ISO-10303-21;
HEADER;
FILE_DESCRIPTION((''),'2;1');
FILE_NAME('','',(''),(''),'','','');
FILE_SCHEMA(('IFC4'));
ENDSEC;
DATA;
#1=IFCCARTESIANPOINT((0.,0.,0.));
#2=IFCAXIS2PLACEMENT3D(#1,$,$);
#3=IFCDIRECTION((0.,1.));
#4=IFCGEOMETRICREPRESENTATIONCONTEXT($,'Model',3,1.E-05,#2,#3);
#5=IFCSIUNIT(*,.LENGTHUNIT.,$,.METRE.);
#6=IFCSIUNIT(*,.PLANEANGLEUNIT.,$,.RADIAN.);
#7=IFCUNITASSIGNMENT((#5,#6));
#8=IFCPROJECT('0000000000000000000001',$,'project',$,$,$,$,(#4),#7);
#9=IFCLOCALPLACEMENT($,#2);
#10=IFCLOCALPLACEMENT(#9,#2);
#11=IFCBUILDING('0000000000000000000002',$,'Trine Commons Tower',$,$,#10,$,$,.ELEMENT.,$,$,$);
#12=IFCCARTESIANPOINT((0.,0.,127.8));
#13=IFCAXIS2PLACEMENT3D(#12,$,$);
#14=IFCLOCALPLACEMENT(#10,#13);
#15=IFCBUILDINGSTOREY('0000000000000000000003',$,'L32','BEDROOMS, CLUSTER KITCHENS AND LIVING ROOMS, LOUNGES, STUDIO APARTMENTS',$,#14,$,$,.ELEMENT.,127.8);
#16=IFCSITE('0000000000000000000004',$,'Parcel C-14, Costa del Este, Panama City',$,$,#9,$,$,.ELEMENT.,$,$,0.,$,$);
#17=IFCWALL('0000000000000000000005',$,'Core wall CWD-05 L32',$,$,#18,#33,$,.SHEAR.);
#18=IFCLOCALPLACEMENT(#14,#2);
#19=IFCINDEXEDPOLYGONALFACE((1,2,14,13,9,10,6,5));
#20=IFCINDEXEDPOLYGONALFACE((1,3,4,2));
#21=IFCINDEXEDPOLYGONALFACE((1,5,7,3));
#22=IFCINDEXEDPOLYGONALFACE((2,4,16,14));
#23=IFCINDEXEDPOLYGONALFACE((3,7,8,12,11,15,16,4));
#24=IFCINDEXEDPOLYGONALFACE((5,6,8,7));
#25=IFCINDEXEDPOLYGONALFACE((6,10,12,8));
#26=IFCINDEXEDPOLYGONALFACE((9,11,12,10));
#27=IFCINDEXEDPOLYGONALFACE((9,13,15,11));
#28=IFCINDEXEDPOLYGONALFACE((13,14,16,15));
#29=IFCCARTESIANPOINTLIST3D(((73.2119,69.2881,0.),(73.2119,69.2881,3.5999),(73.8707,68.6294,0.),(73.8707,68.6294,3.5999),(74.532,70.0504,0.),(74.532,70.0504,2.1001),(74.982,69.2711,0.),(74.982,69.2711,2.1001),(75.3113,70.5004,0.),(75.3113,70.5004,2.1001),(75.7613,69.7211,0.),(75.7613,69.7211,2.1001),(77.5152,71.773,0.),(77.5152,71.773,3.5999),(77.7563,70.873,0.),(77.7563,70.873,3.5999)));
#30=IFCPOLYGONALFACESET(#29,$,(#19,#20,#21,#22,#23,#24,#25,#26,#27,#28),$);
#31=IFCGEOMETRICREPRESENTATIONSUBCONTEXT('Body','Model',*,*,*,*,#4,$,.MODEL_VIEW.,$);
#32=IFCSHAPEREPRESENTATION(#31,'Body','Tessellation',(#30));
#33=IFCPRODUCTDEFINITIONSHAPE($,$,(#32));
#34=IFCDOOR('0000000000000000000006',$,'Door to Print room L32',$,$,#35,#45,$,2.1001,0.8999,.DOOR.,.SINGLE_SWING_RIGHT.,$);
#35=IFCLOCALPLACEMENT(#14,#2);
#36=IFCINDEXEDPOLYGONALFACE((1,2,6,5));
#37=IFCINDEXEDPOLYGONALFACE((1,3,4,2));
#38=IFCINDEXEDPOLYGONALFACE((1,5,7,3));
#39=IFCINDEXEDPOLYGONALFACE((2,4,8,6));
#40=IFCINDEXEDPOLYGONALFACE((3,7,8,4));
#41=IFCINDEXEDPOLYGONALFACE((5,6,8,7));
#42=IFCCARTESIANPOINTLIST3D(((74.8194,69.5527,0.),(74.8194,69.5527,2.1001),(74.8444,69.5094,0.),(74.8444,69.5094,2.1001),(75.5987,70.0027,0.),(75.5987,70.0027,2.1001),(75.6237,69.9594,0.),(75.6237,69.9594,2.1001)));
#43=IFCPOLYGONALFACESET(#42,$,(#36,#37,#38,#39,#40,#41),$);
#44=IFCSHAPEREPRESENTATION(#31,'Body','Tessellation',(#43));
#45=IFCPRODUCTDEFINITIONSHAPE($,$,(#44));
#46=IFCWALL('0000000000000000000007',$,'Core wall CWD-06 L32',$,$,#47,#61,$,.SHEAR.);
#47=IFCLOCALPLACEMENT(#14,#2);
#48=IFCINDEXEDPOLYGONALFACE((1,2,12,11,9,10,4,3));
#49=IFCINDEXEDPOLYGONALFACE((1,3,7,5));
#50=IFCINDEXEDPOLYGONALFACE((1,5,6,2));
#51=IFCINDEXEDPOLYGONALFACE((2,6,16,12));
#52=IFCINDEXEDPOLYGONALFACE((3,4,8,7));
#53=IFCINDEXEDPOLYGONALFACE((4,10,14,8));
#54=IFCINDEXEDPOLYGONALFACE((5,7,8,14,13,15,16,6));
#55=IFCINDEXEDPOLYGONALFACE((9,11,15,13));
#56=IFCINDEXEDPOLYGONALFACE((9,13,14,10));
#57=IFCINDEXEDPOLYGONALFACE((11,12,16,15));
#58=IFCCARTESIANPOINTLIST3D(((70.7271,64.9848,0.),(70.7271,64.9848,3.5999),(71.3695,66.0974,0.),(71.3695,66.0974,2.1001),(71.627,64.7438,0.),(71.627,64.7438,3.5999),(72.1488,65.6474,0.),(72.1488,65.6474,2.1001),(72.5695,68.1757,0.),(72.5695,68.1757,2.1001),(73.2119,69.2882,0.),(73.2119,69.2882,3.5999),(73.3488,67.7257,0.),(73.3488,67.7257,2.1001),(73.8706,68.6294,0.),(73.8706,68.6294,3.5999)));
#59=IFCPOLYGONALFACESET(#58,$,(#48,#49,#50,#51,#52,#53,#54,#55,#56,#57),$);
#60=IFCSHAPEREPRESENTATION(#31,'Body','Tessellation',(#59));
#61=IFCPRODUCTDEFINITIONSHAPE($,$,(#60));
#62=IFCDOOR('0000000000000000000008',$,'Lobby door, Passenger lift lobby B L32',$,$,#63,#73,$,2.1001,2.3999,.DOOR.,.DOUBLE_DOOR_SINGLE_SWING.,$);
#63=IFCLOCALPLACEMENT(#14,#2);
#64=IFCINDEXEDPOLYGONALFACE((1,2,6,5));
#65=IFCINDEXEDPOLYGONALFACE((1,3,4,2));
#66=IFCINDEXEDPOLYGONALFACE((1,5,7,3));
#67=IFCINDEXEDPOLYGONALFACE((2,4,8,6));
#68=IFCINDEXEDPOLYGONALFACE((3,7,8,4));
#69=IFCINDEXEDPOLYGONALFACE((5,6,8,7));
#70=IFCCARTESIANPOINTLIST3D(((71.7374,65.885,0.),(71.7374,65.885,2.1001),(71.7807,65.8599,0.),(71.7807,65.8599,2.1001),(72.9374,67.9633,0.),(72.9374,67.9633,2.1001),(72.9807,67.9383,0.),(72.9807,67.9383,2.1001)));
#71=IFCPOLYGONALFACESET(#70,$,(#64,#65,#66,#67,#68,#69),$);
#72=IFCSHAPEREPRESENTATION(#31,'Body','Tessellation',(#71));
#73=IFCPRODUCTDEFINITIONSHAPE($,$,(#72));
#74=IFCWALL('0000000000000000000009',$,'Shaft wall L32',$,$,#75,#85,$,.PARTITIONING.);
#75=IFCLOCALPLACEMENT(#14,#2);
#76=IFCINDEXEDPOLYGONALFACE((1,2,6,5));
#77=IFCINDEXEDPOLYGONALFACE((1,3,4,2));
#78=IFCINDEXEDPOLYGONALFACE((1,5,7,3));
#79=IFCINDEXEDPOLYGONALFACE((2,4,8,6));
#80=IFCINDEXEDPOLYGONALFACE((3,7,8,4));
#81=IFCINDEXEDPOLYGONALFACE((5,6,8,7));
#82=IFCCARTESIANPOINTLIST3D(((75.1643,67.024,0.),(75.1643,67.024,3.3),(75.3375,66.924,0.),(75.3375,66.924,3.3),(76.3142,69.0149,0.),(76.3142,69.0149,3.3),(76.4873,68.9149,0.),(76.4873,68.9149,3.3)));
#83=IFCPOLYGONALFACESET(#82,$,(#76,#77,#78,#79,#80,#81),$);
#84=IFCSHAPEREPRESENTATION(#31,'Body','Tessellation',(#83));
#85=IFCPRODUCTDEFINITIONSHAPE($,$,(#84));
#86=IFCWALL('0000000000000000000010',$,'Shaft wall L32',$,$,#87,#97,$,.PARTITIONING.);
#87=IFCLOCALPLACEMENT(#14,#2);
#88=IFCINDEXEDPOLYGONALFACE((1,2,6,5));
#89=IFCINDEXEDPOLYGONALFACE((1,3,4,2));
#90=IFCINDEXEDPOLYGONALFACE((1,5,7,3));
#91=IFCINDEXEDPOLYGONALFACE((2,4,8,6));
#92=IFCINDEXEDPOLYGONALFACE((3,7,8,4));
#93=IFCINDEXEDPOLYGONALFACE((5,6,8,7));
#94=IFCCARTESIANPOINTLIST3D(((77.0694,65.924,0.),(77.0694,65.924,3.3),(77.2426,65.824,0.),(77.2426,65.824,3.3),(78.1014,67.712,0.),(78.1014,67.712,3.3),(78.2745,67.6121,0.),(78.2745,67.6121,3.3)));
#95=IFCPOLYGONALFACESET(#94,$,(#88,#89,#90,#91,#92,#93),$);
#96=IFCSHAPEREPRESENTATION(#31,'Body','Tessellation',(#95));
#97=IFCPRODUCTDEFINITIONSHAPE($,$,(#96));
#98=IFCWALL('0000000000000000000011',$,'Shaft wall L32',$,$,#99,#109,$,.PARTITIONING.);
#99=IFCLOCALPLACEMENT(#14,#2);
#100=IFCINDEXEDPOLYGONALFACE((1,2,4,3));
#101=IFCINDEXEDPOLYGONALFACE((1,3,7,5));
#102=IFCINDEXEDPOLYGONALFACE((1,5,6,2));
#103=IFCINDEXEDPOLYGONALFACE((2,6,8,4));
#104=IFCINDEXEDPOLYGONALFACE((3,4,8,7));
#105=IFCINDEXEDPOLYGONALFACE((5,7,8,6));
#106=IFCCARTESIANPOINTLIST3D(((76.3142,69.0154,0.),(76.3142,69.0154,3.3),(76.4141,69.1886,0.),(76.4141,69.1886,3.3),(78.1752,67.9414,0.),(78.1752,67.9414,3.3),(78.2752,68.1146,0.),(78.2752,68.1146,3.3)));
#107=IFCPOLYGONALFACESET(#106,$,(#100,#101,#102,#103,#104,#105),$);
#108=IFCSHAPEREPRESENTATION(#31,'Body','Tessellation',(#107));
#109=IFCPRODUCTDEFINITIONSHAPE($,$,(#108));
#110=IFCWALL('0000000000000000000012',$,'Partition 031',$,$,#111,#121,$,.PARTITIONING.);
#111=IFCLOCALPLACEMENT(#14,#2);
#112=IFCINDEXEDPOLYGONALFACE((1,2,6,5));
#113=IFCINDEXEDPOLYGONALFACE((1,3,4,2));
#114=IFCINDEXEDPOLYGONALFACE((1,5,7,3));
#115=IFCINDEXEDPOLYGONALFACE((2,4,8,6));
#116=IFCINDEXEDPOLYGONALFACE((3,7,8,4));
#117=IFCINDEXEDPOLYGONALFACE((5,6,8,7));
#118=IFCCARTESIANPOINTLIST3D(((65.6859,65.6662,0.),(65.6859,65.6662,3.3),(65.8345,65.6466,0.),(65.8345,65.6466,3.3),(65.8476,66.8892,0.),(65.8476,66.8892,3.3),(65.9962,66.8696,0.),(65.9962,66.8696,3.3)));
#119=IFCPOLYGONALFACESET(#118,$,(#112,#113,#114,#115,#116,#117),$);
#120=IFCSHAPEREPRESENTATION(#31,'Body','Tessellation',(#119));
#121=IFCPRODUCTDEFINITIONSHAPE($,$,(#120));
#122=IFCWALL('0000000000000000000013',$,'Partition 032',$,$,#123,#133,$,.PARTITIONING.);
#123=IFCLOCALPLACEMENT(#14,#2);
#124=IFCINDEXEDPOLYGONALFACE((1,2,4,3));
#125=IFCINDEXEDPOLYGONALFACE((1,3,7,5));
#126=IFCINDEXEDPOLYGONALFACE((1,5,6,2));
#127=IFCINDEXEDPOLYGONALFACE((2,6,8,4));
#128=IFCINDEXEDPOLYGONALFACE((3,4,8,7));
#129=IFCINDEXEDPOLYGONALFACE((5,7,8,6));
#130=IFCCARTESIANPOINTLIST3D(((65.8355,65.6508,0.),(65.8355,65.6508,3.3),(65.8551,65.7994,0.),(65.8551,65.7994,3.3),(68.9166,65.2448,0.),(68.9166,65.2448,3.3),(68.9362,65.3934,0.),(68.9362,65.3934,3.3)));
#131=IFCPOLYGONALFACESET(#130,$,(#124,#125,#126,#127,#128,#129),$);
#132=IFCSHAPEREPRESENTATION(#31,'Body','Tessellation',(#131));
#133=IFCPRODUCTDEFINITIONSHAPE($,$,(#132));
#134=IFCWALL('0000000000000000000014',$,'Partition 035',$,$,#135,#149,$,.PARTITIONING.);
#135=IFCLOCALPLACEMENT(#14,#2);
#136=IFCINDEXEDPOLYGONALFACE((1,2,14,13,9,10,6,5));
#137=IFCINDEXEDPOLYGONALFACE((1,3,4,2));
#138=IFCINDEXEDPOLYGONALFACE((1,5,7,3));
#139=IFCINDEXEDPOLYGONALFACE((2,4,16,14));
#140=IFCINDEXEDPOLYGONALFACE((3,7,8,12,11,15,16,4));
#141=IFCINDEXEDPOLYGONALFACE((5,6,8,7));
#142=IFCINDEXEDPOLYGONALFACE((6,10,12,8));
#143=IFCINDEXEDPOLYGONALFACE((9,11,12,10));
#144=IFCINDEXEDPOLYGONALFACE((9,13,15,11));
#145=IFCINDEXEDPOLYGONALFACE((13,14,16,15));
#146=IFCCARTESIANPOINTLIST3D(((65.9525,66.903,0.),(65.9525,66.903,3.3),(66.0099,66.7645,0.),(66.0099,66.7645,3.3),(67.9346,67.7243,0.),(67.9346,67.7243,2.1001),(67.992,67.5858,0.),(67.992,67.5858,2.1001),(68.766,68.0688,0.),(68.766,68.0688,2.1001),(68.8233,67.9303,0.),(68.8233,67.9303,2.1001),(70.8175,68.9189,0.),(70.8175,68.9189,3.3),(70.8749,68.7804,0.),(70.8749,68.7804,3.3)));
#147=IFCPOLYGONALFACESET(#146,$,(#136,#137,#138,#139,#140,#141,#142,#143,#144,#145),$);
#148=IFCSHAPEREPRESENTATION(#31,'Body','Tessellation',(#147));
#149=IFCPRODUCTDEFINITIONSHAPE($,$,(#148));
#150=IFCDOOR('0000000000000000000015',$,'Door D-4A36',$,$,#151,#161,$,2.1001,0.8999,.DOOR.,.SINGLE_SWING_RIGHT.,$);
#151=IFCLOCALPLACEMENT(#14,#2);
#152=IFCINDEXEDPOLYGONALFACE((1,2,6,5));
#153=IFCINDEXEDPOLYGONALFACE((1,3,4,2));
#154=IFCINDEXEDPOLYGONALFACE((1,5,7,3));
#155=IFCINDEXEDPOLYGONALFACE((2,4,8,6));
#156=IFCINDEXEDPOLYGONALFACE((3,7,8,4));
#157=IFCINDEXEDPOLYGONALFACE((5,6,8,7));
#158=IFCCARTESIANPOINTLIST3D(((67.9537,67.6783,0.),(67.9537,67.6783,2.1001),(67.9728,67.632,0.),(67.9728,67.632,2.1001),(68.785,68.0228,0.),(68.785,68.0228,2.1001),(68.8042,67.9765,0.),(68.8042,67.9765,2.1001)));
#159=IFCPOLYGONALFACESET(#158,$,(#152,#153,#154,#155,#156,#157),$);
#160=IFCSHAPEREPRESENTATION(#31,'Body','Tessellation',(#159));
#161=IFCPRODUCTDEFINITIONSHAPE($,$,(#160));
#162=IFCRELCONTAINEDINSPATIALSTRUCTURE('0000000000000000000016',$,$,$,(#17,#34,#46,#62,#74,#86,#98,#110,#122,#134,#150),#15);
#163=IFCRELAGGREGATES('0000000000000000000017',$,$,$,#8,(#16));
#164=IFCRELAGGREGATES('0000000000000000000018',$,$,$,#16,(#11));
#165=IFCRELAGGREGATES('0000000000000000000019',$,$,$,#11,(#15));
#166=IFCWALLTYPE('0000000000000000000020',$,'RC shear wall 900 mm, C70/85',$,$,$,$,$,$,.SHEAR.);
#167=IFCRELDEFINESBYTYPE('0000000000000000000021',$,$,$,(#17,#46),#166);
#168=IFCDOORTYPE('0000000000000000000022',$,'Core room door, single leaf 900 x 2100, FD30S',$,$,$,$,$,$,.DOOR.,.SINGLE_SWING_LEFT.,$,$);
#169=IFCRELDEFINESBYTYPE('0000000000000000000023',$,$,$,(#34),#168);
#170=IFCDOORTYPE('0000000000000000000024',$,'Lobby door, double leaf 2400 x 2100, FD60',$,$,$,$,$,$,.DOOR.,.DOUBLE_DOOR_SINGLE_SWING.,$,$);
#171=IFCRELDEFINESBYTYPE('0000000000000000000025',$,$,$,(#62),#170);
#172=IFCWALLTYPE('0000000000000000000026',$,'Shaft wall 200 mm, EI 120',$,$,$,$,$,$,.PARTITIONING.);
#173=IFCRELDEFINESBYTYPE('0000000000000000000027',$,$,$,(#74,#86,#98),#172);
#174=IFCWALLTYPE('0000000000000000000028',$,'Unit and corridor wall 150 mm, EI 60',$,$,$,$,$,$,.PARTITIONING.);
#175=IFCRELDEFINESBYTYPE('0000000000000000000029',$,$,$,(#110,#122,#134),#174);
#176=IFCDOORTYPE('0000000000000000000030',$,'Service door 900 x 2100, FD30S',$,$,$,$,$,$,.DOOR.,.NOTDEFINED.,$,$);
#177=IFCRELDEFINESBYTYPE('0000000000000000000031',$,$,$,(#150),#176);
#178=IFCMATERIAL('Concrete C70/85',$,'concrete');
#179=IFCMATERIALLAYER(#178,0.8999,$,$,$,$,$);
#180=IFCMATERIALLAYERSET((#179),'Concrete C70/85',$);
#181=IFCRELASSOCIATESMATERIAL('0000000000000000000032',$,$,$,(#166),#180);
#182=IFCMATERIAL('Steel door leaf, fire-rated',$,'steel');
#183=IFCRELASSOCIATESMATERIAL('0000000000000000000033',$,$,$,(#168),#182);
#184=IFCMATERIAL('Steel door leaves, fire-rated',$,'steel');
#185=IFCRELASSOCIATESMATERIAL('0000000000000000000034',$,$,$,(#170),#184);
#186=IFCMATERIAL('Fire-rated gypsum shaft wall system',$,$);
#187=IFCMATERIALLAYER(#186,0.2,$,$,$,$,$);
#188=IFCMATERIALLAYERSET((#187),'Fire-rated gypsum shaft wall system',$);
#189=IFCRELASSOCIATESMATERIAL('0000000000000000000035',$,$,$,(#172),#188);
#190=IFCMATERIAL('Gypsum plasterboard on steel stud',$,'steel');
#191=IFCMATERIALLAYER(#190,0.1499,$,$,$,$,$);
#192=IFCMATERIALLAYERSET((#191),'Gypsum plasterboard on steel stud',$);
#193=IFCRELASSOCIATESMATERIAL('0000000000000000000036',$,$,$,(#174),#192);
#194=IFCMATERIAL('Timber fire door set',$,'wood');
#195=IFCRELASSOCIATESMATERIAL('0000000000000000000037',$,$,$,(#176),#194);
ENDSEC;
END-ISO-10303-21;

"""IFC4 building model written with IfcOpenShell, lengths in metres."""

from ifc_helpers import new_model, si_unit, direction, frame, frame_2d, origin, place, context, subcontext, project, spatial, polyline, rectangle, outline, extrude, material, layer, layer_set, type_object, element, fill, save


model = new_model("IFC4")

# Units and contexts
model_context = context("Model", 3, precision=1e-05, world=origin(), true_north=direction((0.0, 1.0)))
body_context = subcontext(model_context, "Body", "Model", "MODEL_VIEW")
ifc_project = project(units=[si_unit("LENGTHUNIT", "METRE"), si_unit("PLANEANGLEUNIT", "RADIAN")], contexts=[model_context])

# Site, building, storey
site_placement = place(None, origin())
site = spatial("IfcSite", under=ifc_project, at=site_placement, Name="Parcel C-14, Costa del Este, Panama City", CompositionType="ELEMENT", RefElevation=0.0)
building_placement = place(site_placement, origin())
building = spatial("IfcBuilding", under=site, at=building_placement, Name="Trine Commons Tower", CompositionType="ELEMENT")
storey_placement = place(building_placement, frame((0.0, 0.0, 127.8)))
storey = spatial("IfcBuildingStorey", under=building, at=storey_placement, Name="L32", Description="BEDROOMS, CLUSTER KITCHENS AND LIVING ROOMS, LOUNGES, STUDIO APARTMENTS", CompositionType="ELEMENT", Elevation=127.8)

# Walls, openings, doors
ifc_material_1 = material(Name="Concrete C70/85", Category="concrete")
ifc_layer_1 = layer(ifc_material_1, 0.8999)
ifc_layer_set_1 = layer_set([ifc_layer_1], Name="Concrete C70/85")
wall_type_1 = type_object("IfcWallType", Name="RC shear wall 900 mm, C70/85", PredefinedType="SHEAR", material=ifc_layer_set_1)
wall_1_placement = place(storey_placement, frame((77.7402, 71.3833, 0.0), z_axis=(0.0, 0.0, 1.0), x_axis=(-0.866003, -0.500039, 0.0)))
wall_1 = element("IfcWall", 1, at=wall_1_placement, inside=storey, type_object=wall_type_1, Name="Core wall CWD-05 L32", PredefinedType="SHEAR", context=body_context, shape_type="SweptSolid", body=[
    extrude(outline(polyline([(0.0, -0.45), (4.9692, -0.45), (4.728, 0.45), (0.2412, 0.45), (0.0, -0.45)])), origin(), (0.0, 0.0, 1.0), 3.5999),
])
opening_1_placement = place(wall_1_placement, frame((2.5449, 0.0, 0.0)))
opening_1 = element("IfcOpeningElement", 2, at=opening_1_placement, cuts=wall_1, PredefinedType="OPENING", context=body_context, shape_type="SweptSolid", body=[
    extrude(rectangle(XDim=0.8999, YDim=2.1001, at=frame_2d((0.45, 1.05))), frame((0.0, 0.46, 0.0), z_axis=(0.0, -1.0, 0.0), x_axis=(1.0, 0.0, 0.0)), (0.0, 0.0, 1.0), 0.9199),
])
ifc_material_2 = material(Name="Steel door leaf, fire-rated", Category="steel")
door_type_1 = type_object("IfcDoorType", Name="Core room door, single leaf 900 x 2100, FD30S", OperationType="SINGLE_SWING_LEFT", PredefinedType="DOOR", material=ifc_material_2)
door_1_placement = place(opening_1_placement, origin())
door_1 = element("IfcDoor", 3, at=door_1_placement, inside=storey, type_object=door_type_1, Name="Door to Print room L32", OperationType="SINGLE_SWING_RIGHT", OverallHeight=2.1001, OverallWidth=0.8999, PredefinedType="DOOR", context=body_context, shape_type="SweptSolid", body=[
    extrude(rectangle(XDim=0.8999, YDim=2.1001, at=frame_2d((0.45, 1.05))), frame((0.0, 0.1748, 0.0), z_axis=(0.0, -1.0, 0.0), x_axis=(1.0, 0.0, 0.0)), (0.0, 0.0, 1.0), 0.05),
])
fill(opening_1, door_1)
wall_2_placement = place(storey_placement, frame((73.6016, 69.0632, 0.0), z_axis=(0.0, 0.0, 1.0), x_axis=(-0.500039, -0.866003, 0.0)))
wall_2 = element("IfcWall", 4, at=wall_2_placement, inside=storey, type_object=wall_type_1, Name="Core wall CWD-06 L32", PredefinedType="SHEAR", context=body_context, shape_type="SweptSolid", body=[
    extrude(outline(polyline([(0.0, -0.45), (4.9692, -0.45), (4.728, 0.45), (0.2412, 0.45), (0.0, -0.45)])), origin(), (0.0, 0.0, 1.0), 3.5999),
])
opening_2_placement = place(wall_2_placement, frame((1.2847, 0.0, 0.0)))
opening_2 = element("IfcOpeningElement", 5, at=opening_2_placement, cuts=wall_2, PredefinedType="OPENING", context=body_context, shape_type="SweptSolid", body=[
    extrude(rectangle(XDim=2.3999, YDim=2.1001, at=frame_2d((1.2, 1.05))), frame((0.0, 0.46, 0.0), z_axis=(0.0, -1.0, 0.0), x_axis=(1.0, 0.0, 0.0)), (0.0, 0.0, 1.0), 0.9199),
])
ifc_material_3 = material(Name="Steel door leaves, fire-rated", Category="steel")
door_type_2 = type_object("IfcDoorType", Name="Lobby door, double leaf 2400 x 2100, FD60", OperationType="DOUBLE_DOOR_SINGLE_SWING", PredefinedType="DOOR", material=ifc_material_3)
door_2_placement = place(opening_2_placement, origin())
door_2 = element("IfcDoor", 6, at=door_2_placement, inside=storey, type_object=door_type_2, Name="Lobby door, Passenger lift lobby B L32", OperationType="DOUBLE_DOOR_SINGLE_SWING", OverallHeight=2.1001, OverallWidth=2.3999, PredefinedType="DOOR", context=body_context, shape_type="SweptSolid", body=[
    extrude(rectangle(XDim=2.3999, YDim=2.1001, at=frame_2d((1.2, 1.05))), frame((0.0, 0.0249, 0.0), z_axis=(0.0, -1.0, 0.0), x_axis=(1.0, 0.0, 0.0)), (0.0, 0.0, 1.0), 0.05),
])
fill(opening_2, door_2)

# Walls
ifc_material_4 = material(Name="Fire-rated gypsum shaft wall system")
ifc_layer_2 = layer(ifc_material_4, 0.2)
ifc_layer_set_2 = layer_set([ifc_layer_2], Name="Fire-rated gypsum shaft wall system")
wall_type_2 = type_object("IfcWallType", Name="Shaft wall 200 mm, EI 120", PredefinedType="PARTITIONING", material=ifc_layer_set_2)
wall_3_placement = place(storey_placement, frame((75.251, 66.9741, 0.0), z_axis=(0.0, 0.0, 1.0), x_axis=(0.500136, 0.865947, 0.0)))
element("IfcWall", 7, at=wall_3_placement, inside=storey, type_object=wall_type_2, Name="Shaft wall L32", PredefinedType="PARTITIONING", context=body_context, shape_type="SweptSolid", body=[
    extrude(rectangle(XDim=2.2991, YDim=0.2, at=frame_2d((1.1494, 0.0))), origin(), (0.0, 0.0, 1.0), 3.3),
])
wall_4_placement = place(storey_placement, frame((77.156, 65.874, 0.0), z_axis=(0.0, 0.0, 1.0), x_axis=(0.499866, 0.866103, 0.0)))
element("IfcWall", 8, at=wall_4_placement, inside=storey, type_object=wall_type_2, Name="Shaft wall L32", PredefinedType="PARTITIONING", context=body_context, shape_type="SweptSolid", body=[
    extrude(rectangle(XDim=2.0645, YDim=0.2, at=frame_2d((1.0322, 0.0))), origin(), (0.0, 0.0, 1.0), 3.3),
])
wall_5_placement = place(storey_placement, frame((78.2251, 68.0281, 0.0), z_axis=(0.0, 0.0, 1.0), x_axis=(-0.866131, 0.499818, 0.0)))
element("IfcWall", 9, at=wall_5_placement, inside=storey, type_object=wall_type_2, Name="Shaft wall L32", PredefinedType="PARTITIONING", context=body_context, shape_type="SweptSolid", body=[
    extrude(rectangle(XDim=2.1487, YDim=0.2, at=frame_2d((1.0742, 0.0))), origin(), (0.0, 0.0, 1.0), 3.3),
])
ifc_material_5 = material(Name="Gypsum plasterboard on steel stud", Category="steel")
ifc_layer_3 = layer(ifc_material_5, 0.1499)
ifc_layer_set_3 = layer_set([ifc_layer_3], Name="Gypsum plasterboard on steel stud")
wall_type_3 = type_object("IfcWallType", Name="Unit and corridor wall 150 mm, EI 60", PredefinedType="PARTITIONING", material=ifc_layer_set_3)
wall_6_placement = place(storey_placement, frame((65.7603, 65.6565, 0.0), z_axis=(0.0, 0.0, 1.0), x_axis=(0.131023, 0.991379, 0.0)))
element("IfcWall", 10, at=wall_6_placement, inside=storey, type_object=wall_type_3, Name="Partition 031", PredefinedType="PARTITIONING", context=body_context, shape_type="SweptSolid", body=[
    extrude(rectangle(XDim=1.2336, YDim=0.1499, at=frame_2d((0.6167, 0.0))), origin(), (0.0, 0.0, 1.0), 3.3),
])
wall_7_placement = place(storey_placement, frame((65.8455, 65.7251, 0.0), z_axis=(0.0, 0.0, 1.0), x_axis=(0.991429, -0.130646, 0.0)))
element("IfcWall", 11, at=wall_7_placement, inside=storey, type_object=wall_type_3, Name="Partition 032", PredefinedType="PARTITIONING", context=body_context, shape_type="SweptSolid", body=[
    extrude(rectangle(XDim=3.1077, YDim=0.1499, at=frame_2d((1.5537, 0.0))), origin(), (0.0, 0.0, 1.0), 3.3),
])

# Wall, opening, door
wall_8_placement = place(storey_placement, frame((65.9812, 66.8337, 0.0), z_axis=(0.0, 0.0, 1.0), x_axis=(0.923831, 0.382801, 0.0)))
wall_8 = element("IfcWall", 12, at=wall_8_placement, inside=storey, type_object=wall_type_3, Name="Partition 035", PredefinedType="PARTITIONING", context=body_context, shape_type="SweptSolid", body=[
    extrude(rectangle(XDim=5.2661, YDim=0.1499, at=frame_2d((2.6331, 0.0))), origin(), (0.0, 0.0, 1.0), 3.3),
])
opening_3_placement = place(wall_8_placement, frame((2.1455, 0.0, 0.0)))
opening_3 = element("IfcOpeningElement", 13, at=opening_3_placement, cuts=wall_8, PredefinedType="OPENING", context=body_context, shape_type="SweptSolid", body=[
    extrude(rectangle(XDim=0.8999, YDim=2.1001, at=frame_2d((0.45, 1.05))), frame((0.0, 0.085, 0.0), z_axis=(0.0, -1.0, 0.0), x_axis=(1.0, 0.0, 0.0)), (0.0, 0.0, 1.0), 0.1699),
])
ifc_material_6 = material(Name="Timber fire door set", Category="wood")
door_type_3 = type_object("IfcDoorType", Name="Service door 900 x 2100, FD30S", OperationType="NOTDEFINED", PredefinedType="DOOR", material=ifc_material_6)
door_3_placement = place(opening_3_placement, frame((0.8999, 0.0, 0.0), z_axis=(0.0, 0.0, 1.0), x_axis=(-1.0, 0.0, 0.0)))
door_3 = element("IfcDoor", 14, at=door_3_placement, inside=storey, type_object=door_type_3, Name="Door D-4A36", OperationType="SINGLE_SWING_RIGHT", OverallHeight=2.1001, OverallWidth=0.8999, PredefinedType="DOOR", context=body_context, shape_type="SweptSolid", body=[
    extrude(rectangle(XDim=0.8999, YDim=2.1001, at=frame_2d((0.45, 1.05))), frame((0.0, 0.0249, 0.0), z_axis=(0.0, -1.0, 0.0), x_axis=(1.0, 0.0, 0.0)), (0.0, 0.0, 1.0), 0.05),
])
fill(opening_3, door_3)

save(model, "model.ifc")
